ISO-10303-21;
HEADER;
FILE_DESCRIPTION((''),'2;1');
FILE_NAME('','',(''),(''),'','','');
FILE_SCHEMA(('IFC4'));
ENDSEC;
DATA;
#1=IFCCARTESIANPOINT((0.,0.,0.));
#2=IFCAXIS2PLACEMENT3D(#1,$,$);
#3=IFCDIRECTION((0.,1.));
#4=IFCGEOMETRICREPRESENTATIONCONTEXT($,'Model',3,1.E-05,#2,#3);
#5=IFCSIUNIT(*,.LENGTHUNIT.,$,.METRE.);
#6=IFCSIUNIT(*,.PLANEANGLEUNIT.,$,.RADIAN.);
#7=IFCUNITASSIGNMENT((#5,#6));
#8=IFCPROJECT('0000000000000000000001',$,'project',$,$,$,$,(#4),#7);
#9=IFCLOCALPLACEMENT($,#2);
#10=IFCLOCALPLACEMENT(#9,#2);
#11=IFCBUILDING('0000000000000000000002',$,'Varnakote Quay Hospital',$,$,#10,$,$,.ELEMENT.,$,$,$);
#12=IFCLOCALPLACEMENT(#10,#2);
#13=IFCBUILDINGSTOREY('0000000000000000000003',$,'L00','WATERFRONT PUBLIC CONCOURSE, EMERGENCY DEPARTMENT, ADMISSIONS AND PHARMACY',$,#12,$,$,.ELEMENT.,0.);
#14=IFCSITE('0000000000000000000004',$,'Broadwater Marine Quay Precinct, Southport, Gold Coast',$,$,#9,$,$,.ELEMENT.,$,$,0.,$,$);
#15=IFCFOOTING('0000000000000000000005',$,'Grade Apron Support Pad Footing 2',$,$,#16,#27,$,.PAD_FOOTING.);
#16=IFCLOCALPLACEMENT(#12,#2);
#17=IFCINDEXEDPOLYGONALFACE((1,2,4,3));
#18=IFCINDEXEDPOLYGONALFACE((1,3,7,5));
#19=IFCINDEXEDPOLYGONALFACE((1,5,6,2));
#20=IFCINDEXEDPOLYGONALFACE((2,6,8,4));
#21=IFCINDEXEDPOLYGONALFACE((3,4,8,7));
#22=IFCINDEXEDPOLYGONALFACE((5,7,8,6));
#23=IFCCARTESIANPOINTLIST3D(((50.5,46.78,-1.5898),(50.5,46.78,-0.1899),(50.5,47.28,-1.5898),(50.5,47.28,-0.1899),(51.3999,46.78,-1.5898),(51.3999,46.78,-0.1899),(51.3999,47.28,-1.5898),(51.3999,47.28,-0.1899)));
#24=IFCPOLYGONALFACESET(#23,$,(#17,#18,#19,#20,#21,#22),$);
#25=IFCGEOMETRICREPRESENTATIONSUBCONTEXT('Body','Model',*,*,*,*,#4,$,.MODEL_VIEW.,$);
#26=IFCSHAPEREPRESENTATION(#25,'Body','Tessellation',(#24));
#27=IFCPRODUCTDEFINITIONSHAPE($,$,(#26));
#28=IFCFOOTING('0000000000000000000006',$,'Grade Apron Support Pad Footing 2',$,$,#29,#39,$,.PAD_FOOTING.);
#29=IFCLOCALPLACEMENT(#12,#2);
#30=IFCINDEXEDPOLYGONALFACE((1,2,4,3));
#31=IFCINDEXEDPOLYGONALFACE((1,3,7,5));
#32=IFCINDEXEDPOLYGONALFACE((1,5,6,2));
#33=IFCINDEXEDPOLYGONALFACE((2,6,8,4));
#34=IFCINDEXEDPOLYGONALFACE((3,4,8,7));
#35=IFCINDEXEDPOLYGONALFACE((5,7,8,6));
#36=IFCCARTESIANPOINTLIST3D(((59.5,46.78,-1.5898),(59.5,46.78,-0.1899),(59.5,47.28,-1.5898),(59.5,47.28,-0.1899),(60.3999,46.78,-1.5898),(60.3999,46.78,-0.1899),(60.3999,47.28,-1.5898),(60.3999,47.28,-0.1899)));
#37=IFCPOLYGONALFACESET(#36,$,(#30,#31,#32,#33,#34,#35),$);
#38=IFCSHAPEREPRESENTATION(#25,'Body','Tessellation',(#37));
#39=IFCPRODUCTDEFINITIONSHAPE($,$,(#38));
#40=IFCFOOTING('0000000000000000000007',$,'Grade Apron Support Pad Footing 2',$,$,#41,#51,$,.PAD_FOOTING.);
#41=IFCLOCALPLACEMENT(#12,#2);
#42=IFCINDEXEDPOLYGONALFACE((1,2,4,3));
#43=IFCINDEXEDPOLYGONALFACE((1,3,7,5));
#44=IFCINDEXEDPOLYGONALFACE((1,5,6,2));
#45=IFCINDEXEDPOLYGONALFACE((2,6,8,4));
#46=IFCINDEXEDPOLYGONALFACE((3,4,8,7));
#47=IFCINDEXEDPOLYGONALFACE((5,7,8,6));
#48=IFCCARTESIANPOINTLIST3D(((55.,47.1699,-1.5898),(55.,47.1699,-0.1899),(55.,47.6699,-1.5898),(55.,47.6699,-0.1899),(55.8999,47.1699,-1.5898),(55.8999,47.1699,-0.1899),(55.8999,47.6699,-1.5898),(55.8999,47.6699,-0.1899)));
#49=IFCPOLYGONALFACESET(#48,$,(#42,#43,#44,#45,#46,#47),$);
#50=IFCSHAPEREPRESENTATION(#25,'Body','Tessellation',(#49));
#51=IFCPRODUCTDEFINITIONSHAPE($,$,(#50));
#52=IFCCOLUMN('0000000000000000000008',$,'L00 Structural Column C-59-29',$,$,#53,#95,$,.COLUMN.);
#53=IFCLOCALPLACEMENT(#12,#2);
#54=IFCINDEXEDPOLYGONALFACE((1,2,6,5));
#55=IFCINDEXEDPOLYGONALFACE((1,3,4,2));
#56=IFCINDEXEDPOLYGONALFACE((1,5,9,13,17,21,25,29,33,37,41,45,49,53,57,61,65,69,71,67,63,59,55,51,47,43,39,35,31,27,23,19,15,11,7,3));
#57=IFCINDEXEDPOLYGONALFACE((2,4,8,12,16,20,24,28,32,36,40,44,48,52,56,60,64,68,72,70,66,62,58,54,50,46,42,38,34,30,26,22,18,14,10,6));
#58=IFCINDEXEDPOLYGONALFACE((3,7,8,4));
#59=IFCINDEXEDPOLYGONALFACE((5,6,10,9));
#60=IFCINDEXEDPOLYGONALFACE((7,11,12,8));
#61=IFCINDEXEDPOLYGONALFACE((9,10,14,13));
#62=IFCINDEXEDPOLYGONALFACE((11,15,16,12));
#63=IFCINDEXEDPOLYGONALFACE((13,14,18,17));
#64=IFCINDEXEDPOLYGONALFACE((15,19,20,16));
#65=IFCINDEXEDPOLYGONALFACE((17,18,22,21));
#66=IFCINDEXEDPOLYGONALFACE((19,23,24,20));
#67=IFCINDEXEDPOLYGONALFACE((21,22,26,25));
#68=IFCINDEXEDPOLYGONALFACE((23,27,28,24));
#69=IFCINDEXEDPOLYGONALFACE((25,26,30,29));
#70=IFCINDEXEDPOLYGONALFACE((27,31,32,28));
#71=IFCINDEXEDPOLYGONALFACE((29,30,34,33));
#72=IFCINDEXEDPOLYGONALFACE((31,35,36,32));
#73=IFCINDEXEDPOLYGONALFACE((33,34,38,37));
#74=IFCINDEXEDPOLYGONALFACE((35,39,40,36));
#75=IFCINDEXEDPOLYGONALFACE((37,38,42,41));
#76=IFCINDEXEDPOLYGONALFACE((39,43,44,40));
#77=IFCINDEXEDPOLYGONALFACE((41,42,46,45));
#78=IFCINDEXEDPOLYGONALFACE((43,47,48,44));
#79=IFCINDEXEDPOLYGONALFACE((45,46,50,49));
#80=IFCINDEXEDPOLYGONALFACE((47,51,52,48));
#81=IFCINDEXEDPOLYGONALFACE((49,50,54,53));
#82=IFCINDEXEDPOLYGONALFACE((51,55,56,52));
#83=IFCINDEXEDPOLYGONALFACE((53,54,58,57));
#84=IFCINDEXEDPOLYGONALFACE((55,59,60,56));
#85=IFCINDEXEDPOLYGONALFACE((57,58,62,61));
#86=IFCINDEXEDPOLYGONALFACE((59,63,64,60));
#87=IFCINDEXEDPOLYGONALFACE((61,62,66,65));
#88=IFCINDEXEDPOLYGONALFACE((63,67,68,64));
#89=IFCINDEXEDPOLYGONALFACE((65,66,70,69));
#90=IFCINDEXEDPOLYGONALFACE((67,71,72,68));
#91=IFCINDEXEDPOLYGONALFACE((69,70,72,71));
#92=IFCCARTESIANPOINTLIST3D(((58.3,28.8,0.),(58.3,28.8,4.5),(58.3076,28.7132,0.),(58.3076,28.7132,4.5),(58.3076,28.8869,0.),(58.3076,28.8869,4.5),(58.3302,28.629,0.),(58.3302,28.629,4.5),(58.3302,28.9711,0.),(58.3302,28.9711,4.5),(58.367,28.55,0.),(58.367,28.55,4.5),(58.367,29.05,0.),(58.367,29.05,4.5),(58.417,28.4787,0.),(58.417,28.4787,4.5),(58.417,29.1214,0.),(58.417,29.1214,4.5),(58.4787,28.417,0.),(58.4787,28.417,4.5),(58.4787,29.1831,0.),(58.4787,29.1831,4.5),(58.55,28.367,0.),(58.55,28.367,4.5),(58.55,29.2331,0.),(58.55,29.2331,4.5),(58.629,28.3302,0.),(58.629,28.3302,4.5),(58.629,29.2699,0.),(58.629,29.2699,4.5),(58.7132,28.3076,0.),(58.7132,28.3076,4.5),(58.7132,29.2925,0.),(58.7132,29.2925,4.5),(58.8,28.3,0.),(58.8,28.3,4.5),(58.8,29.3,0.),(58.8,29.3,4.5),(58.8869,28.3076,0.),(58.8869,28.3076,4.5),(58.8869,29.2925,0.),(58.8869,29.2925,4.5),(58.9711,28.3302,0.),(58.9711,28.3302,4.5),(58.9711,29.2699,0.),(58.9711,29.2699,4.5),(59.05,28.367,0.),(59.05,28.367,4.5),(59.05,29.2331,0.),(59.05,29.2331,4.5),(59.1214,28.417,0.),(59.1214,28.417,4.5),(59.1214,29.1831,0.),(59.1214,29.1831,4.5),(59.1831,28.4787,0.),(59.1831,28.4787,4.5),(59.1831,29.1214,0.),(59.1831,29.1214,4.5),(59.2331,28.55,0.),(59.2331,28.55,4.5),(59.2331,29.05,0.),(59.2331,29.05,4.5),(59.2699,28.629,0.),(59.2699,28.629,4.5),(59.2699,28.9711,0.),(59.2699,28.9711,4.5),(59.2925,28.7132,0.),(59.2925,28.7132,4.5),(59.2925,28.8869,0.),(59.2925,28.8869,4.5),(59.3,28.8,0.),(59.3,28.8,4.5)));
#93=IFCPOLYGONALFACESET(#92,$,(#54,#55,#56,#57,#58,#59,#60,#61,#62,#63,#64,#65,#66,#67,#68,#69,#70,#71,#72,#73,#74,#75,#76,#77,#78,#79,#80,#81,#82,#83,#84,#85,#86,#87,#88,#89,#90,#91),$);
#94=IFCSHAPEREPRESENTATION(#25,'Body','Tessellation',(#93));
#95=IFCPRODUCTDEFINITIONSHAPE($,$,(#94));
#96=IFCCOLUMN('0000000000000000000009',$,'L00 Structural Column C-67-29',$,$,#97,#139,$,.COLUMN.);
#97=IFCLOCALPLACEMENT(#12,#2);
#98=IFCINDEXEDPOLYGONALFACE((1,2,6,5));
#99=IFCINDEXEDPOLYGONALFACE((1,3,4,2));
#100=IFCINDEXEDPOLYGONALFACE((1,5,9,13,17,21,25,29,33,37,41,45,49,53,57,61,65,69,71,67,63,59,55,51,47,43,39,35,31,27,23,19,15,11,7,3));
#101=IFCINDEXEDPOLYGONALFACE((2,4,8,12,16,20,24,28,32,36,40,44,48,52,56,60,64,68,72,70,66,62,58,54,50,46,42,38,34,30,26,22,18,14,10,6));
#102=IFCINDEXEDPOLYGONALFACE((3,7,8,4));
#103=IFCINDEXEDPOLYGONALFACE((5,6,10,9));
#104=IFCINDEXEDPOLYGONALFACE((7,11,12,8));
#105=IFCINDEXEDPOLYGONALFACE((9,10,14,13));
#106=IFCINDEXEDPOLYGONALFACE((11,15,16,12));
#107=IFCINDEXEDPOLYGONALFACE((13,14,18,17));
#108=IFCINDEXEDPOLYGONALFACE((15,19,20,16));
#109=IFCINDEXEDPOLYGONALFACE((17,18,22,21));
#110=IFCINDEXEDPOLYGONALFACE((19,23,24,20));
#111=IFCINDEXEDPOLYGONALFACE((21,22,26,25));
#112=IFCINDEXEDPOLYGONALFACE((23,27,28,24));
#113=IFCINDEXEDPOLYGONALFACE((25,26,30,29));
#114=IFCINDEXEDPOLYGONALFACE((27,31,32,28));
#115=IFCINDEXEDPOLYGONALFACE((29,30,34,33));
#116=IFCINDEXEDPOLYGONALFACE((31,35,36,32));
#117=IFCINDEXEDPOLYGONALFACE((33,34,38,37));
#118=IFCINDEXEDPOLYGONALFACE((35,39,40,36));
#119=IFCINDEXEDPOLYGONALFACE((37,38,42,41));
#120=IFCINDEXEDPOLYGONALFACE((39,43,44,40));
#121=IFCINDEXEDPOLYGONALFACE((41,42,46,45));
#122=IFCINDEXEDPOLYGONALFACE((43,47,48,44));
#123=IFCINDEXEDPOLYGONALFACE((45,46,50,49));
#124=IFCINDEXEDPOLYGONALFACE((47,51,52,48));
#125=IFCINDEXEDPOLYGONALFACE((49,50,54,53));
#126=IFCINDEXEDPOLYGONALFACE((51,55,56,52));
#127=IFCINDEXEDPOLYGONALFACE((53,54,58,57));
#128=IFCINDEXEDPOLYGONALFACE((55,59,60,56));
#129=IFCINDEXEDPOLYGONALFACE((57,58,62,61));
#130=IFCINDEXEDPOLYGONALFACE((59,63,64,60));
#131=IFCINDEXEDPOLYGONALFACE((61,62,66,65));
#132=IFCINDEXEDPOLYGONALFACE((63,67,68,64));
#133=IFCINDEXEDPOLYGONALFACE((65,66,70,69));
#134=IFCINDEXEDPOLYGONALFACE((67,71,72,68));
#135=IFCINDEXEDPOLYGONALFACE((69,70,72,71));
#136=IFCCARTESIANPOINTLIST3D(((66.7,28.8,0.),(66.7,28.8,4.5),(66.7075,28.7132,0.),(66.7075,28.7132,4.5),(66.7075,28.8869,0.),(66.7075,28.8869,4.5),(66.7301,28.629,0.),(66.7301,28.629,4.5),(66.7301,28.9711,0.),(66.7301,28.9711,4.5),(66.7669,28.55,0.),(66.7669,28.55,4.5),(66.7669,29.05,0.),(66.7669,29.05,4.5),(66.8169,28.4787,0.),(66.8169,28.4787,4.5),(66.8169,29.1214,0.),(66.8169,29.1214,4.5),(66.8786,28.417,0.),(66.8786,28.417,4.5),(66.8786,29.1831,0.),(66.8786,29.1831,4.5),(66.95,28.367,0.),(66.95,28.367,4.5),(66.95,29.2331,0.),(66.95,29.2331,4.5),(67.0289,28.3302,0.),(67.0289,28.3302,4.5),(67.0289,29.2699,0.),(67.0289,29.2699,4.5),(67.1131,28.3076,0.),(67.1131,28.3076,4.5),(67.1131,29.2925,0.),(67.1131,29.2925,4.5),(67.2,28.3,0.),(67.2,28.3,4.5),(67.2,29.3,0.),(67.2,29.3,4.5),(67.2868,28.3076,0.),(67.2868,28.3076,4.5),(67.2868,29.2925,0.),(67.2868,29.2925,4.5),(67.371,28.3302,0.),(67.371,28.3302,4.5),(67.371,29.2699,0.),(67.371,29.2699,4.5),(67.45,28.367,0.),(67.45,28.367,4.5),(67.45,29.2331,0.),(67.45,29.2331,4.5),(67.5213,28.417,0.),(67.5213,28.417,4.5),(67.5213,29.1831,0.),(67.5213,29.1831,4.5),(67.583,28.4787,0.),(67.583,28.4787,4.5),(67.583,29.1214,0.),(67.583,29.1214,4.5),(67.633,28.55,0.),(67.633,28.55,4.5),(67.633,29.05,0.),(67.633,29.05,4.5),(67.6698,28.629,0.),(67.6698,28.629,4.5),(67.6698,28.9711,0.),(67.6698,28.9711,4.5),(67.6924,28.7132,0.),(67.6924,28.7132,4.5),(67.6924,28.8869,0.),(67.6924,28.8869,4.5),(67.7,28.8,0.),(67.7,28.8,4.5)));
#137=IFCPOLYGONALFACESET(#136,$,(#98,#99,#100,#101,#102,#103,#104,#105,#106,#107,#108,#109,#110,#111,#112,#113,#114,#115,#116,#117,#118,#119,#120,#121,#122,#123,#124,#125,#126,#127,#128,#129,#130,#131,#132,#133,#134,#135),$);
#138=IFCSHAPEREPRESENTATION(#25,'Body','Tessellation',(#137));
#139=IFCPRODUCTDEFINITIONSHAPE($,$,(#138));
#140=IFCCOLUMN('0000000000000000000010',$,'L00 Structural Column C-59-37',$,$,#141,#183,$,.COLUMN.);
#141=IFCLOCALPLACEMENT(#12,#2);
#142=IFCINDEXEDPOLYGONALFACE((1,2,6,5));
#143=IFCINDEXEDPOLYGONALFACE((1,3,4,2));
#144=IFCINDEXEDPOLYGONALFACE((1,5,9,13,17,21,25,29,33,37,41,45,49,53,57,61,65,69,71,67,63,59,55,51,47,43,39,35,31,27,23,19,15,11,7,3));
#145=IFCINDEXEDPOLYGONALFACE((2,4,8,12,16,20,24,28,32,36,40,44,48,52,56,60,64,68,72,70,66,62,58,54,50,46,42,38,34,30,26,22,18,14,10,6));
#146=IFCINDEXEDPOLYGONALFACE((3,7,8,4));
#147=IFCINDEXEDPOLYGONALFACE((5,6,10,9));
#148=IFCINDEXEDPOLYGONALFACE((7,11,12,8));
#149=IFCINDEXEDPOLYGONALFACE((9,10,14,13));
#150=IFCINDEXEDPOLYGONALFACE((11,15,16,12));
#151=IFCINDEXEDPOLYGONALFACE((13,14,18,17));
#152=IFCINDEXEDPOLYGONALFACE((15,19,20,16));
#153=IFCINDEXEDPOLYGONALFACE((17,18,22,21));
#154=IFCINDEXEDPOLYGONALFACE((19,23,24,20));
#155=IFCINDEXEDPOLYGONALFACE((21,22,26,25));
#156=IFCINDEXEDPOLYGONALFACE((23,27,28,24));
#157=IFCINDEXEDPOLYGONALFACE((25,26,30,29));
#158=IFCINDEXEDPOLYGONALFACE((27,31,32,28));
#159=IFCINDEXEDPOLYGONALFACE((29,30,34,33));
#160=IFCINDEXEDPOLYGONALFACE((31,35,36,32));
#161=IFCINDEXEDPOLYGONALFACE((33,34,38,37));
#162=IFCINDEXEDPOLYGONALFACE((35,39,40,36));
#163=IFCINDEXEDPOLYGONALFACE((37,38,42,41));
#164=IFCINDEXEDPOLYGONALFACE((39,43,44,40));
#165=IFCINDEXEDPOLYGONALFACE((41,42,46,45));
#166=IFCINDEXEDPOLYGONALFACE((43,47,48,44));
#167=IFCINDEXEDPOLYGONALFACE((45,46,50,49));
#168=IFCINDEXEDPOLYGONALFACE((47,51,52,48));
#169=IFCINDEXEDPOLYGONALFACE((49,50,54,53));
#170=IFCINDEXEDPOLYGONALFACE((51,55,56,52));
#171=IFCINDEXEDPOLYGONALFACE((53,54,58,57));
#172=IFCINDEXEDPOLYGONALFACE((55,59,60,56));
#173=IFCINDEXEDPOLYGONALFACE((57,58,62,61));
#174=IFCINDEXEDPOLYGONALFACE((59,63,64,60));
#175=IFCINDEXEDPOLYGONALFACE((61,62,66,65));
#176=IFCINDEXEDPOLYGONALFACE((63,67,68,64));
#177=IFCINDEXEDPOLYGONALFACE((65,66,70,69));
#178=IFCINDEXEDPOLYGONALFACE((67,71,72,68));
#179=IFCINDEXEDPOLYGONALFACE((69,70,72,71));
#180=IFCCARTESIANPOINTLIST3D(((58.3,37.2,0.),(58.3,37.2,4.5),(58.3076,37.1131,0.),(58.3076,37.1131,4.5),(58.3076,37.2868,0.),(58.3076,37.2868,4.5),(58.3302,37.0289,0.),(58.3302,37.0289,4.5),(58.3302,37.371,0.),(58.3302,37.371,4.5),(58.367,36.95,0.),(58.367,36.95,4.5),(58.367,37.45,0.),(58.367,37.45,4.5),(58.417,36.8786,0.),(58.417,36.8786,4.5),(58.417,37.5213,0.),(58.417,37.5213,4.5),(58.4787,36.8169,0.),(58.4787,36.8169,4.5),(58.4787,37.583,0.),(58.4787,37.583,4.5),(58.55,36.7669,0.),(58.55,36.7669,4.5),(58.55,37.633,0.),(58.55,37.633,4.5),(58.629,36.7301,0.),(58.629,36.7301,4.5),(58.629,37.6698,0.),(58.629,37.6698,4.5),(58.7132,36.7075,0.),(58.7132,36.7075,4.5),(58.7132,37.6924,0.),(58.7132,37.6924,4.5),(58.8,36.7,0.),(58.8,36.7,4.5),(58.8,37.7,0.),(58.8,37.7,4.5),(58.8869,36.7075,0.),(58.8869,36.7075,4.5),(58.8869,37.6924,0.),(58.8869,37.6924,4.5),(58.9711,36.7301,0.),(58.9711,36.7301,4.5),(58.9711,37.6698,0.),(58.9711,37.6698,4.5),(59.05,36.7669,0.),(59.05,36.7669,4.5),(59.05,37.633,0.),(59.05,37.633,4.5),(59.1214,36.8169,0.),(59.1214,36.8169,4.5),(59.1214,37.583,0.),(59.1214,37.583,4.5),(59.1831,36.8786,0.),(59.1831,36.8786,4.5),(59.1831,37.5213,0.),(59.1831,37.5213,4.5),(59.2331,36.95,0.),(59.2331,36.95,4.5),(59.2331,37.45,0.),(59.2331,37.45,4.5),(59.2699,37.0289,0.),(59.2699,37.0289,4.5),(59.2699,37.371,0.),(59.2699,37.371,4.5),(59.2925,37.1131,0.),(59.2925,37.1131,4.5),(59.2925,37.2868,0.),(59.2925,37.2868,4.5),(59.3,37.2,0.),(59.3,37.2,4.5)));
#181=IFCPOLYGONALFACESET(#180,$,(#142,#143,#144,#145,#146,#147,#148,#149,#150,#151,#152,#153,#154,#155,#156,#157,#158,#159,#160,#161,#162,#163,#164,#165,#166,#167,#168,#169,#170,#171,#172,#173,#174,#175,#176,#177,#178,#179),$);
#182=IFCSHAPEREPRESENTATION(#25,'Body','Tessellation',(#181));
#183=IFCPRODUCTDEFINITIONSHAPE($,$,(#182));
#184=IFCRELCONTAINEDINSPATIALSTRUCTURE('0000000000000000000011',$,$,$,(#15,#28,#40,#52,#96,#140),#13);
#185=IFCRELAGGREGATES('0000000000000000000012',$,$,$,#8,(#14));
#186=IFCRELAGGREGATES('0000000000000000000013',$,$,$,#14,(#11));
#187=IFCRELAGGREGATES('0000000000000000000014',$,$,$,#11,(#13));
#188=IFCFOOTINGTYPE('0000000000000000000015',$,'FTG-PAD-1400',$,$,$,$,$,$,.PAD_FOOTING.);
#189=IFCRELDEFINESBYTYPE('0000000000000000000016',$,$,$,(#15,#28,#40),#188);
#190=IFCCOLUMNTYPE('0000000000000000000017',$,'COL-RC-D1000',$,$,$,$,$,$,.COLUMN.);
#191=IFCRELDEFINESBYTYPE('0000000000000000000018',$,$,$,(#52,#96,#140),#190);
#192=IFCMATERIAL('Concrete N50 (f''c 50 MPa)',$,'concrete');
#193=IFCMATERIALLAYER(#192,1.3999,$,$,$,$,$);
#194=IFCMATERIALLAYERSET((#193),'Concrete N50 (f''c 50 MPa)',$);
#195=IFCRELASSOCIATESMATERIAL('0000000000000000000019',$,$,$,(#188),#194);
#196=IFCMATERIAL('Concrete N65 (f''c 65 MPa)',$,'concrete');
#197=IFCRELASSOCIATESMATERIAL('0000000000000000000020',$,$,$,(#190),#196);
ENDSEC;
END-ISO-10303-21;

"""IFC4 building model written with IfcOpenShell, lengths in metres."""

from ifc_helpers import new_model, si_unit, direction, frame, origin, origin_2d, place, context, subcontext, project, spatial, rectangle, circle, extrude, material, layer, layer_set, material_profile, profile_set, type_object, element, save


model = new_model("IFC4")

# Units and contexts
model_context = context("Model", 3, precision=1e-05, world=origin(), true_north=direction((0.0, 1.0)))
body_context = subcontext(model_context, "Body", "Model", "MODEL_VIEW")
ifc_project = project(units=[si_unit("LENGTHUNIT", "METRE"), si_unit("PLANEANGLEUNIT", "RADIAN")], contexts=[model_context])

# Site, building, storey
site_placement = place(None, origin())
site = spatial("IfcSite", under=ifc_project, at=site_placement, Name="Broadwater Marine Quay Precinct, Southport, Gold Coast", CompositionType="ELEMENT", RefElevation=0.0)
building_placement = place(site_placement, origin())
building = spatial("IfcBuilding", under=site, at=building_placement, Name="Varnakote Quay Hospital", CompositionType="ELEMENT")
storey_placement = place(building_placement, origin())
storey = spatial("IfcBuildingStorey", under=building, at=storey_placement, Name="L00", Description="WATERFRONT PUBLIC CONCOURSE, EMERGENCY DEPARTMENT, ADMISSIONS AND PHARMACY", CompositionType="ELEMENT", Elevation=0.0)

# Footings
ifc_material_1 = material(Name="Concrete N50 (f'c 50 MPa)", Category="concrete")
ifc_layer_1 = layer(ifc_material_1, 1.3999)
ifc_layer_set_1 = layer_set([ifc_layer_1], Name="Concrete N50 (f'c 50 MPa)")
footing_type = type_object("IfcFootingType", Name="FTG-PAD-1400", PredefinedType="PAD_FOOTING", material=ifc_layer_set_1)
for number, where, z_axis, x_axis, name in (
    (1, (50.95, 47.03, -1.5898), (0.0, 0.0, 1.0), (1.0, 0.0, 0.0), "Grade Apron Support Pad Footing 2"),
    (2, (59.95, 47.03, -1.5898), (0.0, 0.0, 1.0), (1.0, 0.0, 0.0), "Grade Apron Support Pad Footing 2"),
    (3, (55.45, 47.4199, -1.5898), (0.0, 0.0, 1.0), (1.0, 0.0, 0.0), "Grade Apron Support Pad Footing 2"),
):
    element("IfcFooting", number, at=place(storey_placement, frame(where, z_axis=z_axis, x_axis=x_axis)), inside=storey, type_object=footing_type, Name=name, PredefinedType="PAD_FOOTING", context=body_context, shape_type="SweptSolid", body=[
        extrude(rectangle(XDim=0.8999, YDim=0.5, at=origin_2d()), origin(), (0.0, 0.0, 1.0), 1.3999),
    ])

# Columns
ifc_material_2 = material(Name="Concrete N65 (f'c 65 MPa)", Category="concrete")
ifc_material_profile_1 = material_profile(ifc_material_2, circle(Radius=0.5, at=origin_2d()), Name="RC-COL-D1000")
ifc_profile_set_1 = profile_set([ifc_material_profile_1], Name="Concrete N65 (f'c 65 MPa)")
column_type_1 = type_object("IfcColumnType", Name="COL-RC-D1000", PredefinedType="COLUMN", material=ifc_profile_set_1)
for number, where, z_axis, x_axis, name in (
    (4, (58.8, 28.8, 0.0), (0.0, 0.0, 1.0), (1.0, 0.0, 0.0), "L00 Structural Column C-59-29"),
    (5, (67.2, 28.8, 0.0), (0.0, 0.0, 1.0), (1.0, 0.0, 0.0), "L00 Structural Column C-67-29"),
    (6, (58.8, 37.2, 0.0), (0.0, 0.0, 1.0), (1.0, 0.0, 0.0), "L00 Structural Column C-59-37"),
):
    element("IfcColumn", number, at=place(storey_placement, frame(where, z_axis=z_axis, x_axis=x_axis)), inside=storey, type_object=column_type_1, Name=name, PredefinedType="COLUMN", context=body_context, shape_type="SweptSolid", body=[
        extrude(circle(Radius=0.5, at=origin_2d()), origin(), (0.0, 0.0, 1.0), 4.5),
    ])

save(model, "model.ifc")
